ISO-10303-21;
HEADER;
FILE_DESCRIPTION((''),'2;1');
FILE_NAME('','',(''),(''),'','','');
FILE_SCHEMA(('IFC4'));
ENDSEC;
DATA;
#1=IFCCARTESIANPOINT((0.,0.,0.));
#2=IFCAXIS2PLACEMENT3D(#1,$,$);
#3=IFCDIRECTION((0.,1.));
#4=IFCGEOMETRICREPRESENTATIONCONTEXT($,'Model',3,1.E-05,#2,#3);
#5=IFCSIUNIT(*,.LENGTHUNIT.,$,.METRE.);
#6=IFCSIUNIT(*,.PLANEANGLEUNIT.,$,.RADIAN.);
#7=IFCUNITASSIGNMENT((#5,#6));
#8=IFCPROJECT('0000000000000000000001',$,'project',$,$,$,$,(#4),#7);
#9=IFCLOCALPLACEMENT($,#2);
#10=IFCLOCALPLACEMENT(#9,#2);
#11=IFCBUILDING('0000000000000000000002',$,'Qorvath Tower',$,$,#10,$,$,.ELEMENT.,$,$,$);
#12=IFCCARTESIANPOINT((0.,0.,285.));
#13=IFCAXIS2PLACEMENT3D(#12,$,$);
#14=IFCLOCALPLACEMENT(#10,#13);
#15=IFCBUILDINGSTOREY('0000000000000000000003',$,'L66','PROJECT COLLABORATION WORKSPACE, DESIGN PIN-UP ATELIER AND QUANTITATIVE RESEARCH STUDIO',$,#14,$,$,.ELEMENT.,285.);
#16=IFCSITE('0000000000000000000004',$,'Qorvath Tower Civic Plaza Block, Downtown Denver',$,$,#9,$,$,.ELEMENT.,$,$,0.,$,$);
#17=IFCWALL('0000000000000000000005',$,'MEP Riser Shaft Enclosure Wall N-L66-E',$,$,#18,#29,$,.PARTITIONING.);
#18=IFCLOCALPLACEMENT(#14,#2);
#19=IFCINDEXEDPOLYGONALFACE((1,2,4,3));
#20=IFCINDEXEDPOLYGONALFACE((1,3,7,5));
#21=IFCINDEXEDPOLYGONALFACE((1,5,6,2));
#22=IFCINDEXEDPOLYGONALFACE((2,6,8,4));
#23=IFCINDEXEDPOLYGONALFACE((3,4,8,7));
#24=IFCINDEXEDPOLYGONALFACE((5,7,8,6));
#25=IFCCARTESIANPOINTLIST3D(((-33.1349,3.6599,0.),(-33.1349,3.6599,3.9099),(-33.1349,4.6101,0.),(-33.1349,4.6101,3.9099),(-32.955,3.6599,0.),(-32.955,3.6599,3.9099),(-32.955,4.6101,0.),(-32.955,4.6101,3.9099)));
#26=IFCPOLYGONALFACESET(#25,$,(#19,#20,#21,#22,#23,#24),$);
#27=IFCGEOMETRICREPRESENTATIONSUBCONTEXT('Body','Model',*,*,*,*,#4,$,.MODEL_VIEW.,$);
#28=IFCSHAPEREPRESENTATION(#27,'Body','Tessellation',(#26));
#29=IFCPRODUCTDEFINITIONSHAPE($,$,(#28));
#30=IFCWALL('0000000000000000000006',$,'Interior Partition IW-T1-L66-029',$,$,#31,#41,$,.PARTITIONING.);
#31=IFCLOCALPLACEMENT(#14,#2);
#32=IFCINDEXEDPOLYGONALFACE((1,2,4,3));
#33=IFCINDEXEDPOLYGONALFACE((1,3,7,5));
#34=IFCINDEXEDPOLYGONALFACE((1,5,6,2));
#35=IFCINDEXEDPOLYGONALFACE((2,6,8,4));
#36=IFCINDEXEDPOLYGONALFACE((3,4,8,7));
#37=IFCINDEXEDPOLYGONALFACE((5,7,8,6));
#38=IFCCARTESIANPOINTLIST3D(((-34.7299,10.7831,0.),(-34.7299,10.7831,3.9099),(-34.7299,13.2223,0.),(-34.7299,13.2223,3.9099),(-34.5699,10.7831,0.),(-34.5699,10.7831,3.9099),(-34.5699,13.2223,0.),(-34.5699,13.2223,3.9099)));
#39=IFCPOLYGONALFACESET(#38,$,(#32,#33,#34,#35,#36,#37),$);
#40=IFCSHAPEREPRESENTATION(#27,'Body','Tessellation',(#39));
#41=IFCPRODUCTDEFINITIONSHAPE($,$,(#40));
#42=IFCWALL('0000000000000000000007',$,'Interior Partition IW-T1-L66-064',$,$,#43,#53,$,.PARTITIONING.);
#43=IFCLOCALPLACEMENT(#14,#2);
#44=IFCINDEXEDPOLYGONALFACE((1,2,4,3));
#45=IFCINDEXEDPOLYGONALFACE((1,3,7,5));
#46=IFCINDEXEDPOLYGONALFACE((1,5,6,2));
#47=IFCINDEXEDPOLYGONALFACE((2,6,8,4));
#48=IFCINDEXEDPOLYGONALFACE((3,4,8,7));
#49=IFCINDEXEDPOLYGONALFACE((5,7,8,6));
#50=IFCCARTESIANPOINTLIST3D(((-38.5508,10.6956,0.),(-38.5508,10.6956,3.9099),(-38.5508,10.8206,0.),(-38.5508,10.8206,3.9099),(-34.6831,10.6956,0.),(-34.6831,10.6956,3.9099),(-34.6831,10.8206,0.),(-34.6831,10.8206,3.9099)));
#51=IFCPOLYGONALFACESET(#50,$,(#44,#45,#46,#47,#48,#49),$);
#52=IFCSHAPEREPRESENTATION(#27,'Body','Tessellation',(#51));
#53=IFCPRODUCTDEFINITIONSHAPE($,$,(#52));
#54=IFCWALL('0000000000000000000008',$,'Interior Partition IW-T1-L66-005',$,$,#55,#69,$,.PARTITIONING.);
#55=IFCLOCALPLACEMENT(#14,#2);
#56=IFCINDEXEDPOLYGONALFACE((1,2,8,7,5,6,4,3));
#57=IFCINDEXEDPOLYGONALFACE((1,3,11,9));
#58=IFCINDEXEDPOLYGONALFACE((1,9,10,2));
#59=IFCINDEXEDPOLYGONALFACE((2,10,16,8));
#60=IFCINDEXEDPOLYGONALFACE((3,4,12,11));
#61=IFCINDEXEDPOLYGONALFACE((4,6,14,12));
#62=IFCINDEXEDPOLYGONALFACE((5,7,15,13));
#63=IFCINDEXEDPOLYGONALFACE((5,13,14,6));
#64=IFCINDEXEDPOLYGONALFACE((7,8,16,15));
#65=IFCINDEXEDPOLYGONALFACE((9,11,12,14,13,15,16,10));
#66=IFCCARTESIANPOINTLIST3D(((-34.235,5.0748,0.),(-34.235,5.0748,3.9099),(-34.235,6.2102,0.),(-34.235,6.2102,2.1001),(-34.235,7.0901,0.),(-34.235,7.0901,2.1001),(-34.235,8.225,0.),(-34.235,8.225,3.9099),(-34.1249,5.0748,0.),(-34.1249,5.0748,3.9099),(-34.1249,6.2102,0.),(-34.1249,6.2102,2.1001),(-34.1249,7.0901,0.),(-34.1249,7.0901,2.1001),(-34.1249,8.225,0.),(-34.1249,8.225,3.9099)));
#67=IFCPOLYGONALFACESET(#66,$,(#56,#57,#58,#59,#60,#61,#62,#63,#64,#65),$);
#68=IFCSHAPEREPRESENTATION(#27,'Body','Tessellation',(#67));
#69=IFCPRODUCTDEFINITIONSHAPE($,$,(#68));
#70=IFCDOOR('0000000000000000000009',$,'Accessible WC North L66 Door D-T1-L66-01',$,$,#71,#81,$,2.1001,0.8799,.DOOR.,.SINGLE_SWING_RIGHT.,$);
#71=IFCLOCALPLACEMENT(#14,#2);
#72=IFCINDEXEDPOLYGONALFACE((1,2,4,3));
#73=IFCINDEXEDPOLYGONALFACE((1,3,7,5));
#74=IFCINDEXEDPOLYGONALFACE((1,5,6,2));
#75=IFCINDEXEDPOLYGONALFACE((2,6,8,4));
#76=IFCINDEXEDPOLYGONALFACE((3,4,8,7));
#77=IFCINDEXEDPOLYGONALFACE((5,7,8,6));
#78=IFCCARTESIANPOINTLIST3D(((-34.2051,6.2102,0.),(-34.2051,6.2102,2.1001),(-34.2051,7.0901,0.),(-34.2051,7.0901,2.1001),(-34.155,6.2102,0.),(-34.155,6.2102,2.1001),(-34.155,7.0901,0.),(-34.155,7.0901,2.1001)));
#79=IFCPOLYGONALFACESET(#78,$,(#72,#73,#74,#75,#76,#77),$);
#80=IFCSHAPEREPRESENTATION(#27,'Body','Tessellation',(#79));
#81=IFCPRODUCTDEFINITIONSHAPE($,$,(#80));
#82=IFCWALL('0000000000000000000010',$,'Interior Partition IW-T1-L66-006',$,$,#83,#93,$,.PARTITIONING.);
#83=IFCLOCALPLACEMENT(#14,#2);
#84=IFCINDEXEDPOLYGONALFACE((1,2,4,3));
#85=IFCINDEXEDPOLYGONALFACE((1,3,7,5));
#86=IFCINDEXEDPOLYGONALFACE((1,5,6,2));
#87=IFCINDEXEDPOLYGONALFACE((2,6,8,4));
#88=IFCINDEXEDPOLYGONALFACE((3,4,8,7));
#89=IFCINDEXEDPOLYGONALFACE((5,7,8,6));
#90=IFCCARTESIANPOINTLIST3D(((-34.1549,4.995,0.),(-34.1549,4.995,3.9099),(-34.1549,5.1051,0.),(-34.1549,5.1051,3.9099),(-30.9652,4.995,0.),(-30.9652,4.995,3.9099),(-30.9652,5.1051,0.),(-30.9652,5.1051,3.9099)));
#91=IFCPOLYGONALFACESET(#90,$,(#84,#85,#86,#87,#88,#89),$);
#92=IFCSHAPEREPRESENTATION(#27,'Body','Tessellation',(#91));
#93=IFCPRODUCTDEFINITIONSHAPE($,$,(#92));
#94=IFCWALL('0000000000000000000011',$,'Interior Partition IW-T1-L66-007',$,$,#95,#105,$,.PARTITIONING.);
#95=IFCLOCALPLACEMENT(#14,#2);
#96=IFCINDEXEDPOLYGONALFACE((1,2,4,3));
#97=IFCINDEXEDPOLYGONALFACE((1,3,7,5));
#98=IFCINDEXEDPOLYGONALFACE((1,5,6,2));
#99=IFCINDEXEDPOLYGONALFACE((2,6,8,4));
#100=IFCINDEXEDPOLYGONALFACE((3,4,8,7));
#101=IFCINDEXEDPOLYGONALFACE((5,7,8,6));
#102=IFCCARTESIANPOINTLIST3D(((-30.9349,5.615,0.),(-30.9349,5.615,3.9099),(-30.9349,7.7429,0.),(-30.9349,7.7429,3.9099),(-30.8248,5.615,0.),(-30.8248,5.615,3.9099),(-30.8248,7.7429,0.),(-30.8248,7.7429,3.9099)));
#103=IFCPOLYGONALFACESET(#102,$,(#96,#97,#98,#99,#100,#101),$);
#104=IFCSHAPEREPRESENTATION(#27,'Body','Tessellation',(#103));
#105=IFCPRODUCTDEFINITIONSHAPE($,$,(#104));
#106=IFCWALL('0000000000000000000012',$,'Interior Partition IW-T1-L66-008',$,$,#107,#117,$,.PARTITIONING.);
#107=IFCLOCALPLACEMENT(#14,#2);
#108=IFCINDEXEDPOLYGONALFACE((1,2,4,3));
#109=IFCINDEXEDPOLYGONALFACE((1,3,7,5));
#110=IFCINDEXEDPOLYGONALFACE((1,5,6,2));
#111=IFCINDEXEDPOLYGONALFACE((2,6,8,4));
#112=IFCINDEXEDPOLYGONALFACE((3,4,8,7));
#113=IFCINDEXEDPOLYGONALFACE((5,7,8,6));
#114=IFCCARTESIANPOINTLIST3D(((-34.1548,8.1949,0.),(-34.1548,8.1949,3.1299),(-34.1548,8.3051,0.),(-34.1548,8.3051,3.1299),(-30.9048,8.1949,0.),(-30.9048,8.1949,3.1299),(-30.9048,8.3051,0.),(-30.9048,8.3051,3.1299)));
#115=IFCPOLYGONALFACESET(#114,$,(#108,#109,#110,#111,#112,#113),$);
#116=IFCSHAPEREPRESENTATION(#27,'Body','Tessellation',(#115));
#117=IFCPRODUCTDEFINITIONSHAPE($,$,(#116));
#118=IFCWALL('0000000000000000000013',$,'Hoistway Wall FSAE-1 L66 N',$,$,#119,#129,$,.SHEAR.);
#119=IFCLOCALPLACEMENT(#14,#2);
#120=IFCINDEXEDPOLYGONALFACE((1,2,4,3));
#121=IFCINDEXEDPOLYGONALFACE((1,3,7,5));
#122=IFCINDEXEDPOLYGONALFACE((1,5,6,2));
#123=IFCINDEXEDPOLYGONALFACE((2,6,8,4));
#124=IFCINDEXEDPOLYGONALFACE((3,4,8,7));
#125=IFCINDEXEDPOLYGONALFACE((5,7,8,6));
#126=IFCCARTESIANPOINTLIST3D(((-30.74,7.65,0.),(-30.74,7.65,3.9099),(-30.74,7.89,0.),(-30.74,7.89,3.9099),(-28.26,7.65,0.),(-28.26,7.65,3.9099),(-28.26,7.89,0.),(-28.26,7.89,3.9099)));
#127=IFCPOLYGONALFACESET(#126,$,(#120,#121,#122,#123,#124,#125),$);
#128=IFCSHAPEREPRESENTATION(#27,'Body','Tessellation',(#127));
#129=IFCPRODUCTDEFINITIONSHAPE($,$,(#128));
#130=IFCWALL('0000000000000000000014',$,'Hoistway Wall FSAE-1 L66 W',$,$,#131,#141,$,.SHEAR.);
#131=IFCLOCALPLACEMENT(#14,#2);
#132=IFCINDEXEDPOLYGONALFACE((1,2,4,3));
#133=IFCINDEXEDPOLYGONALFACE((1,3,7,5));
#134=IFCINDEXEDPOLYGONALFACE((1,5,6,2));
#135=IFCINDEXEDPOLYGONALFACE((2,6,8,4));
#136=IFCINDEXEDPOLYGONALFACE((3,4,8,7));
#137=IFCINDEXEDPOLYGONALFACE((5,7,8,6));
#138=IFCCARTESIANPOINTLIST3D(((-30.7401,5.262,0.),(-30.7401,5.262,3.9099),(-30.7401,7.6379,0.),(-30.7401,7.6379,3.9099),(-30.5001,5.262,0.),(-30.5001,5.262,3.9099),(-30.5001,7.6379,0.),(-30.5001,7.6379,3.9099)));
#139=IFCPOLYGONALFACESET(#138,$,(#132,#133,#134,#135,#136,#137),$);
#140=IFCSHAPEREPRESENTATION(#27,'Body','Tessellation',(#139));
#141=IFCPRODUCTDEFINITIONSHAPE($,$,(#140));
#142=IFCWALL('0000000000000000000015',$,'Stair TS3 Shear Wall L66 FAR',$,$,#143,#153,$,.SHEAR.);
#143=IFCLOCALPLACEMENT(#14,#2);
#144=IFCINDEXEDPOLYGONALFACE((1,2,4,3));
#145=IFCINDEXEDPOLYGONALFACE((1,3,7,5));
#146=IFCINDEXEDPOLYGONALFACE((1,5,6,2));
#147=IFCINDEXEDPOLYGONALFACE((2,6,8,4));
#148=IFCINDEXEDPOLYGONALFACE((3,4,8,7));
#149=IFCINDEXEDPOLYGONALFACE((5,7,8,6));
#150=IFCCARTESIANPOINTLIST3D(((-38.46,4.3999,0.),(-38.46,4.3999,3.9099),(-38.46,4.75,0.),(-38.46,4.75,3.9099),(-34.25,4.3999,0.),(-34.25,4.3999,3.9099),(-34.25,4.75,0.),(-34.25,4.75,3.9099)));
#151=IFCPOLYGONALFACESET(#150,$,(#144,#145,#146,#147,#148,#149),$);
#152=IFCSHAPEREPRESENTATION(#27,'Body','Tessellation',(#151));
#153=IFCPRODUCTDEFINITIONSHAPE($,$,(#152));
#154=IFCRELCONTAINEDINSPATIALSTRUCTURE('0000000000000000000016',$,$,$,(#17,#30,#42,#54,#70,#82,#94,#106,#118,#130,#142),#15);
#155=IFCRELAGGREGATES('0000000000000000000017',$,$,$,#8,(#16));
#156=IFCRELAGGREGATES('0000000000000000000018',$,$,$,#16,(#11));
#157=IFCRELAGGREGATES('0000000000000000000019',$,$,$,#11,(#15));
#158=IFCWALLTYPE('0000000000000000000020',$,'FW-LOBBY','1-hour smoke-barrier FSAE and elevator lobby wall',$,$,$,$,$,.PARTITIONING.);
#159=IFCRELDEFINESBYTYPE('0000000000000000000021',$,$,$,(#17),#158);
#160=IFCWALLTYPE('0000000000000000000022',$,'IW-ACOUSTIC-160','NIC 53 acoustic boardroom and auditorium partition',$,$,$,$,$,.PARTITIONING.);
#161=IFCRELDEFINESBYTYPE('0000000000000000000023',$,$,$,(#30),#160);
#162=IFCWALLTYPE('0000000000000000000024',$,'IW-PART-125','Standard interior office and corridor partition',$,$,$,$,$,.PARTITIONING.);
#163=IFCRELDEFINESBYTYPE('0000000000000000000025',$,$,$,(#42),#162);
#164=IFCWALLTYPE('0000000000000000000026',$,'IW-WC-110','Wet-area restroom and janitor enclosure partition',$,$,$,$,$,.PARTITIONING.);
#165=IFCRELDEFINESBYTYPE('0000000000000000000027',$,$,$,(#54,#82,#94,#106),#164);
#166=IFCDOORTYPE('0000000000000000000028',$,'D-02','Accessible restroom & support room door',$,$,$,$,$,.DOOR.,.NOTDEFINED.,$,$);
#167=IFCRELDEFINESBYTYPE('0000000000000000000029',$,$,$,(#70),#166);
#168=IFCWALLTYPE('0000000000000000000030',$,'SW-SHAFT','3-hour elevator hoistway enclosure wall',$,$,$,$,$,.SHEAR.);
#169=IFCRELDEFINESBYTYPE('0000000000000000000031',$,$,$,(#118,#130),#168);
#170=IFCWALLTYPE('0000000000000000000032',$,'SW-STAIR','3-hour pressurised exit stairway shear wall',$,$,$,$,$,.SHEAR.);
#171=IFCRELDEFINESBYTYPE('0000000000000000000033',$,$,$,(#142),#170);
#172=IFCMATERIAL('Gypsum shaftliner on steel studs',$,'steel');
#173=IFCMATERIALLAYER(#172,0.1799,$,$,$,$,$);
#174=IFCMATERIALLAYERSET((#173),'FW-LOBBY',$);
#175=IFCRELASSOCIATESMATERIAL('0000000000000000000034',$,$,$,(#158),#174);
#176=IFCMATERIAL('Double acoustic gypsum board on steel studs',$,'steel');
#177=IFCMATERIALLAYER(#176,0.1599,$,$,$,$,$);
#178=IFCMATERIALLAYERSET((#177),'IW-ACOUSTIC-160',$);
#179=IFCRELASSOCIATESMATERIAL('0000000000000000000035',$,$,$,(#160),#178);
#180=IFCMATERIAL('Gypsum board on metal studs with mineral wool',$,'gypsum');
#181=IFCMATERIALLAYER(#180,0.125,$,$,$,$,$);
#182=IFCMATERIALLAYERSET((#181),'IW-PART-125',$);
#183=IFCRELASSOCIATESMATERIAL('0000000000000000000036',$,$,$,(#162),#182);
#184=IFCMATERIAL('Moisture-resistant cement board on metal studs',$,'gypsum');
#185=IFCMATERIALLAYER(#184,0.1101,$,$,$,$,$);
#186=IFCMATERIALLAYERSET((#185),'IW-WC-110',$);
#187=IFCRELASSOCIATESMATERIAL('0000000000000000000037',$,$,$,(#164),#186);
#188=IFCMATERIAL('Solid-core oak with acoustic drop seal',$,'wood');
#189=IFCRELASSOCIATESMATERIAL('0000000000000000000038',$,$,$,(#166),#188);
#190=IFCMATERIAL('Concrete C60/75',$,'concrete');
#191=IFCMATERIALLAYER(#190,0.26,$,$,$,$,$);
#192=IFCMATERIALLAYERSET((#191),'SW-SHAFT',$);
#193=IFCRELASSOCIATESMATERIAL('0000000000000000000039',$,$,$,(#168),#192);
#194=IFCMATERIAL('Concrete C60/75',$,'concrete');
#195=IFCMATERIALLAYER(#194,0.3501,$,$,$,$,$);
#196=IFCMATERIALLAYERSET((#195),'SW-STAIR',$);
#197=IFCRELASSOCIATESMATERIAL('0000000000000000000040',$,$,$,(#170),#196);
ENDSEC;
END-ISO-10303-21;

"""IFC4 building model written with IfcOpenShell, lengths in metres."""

from ifc_helpers import new_model, si_unit, direction, frame, frame_2d, origin, place, context, subcontext, project, spatial, rectangle, extrude, material, layer, layer_set, type_object, element, fill, save


model = new_model("IFC4")

# Units and contexts
model_context = context("Model", 3, precision=1e-05, world=origin(), true_north=direction((0.0, 1.0)))
body_context = subcontext(model_context, "Body", "Model", "MODEL_VIEW")
ifc_project = project(units=[si_unit("LENGTHUNIT", "METRE"), si_unit("PLANEANGLEUNIT", "RADIAN")], contexts=[model_context])

# Site, building, storey
site_placement = place(None, origin())
site = spatial("IfcSite", under=ifc_project, at=site_placement, Name="Qorvath Tower Civic Plaza Block, Downtown Denver", CompositionType="ELEMENT", RefElevation=0.0)
building_placement = place(site_placement, origin())
building = spatial("IfcBuilding", under=site, at=building_placement, Name="Qorvath Tower", CompositionType="ELEMENT")
storey_placement = place(building_placement, frame((0.0, 0.0, 285.0)))
storey = spatial("IfcBuildingStorey", under=building, at=storey_placement, Name="L66", Description="PROJECT COLLABORATION WORKSPACE, DESIGN PIN-UP ATELIER AND QUANTITATIVE RESEARCH STUDIO", CompositionType="ELEMENT", Elevation=285.0)

# Wall
ifc_material_1 = material(Name="Gypsum shaftliner on steel studs", Category="steel")
ifc_layer_1 = layer(ifc_material_1, 0.1799)
ifc_layer_set_1 = layer_set([ifc_layer_1], Name="FW-LOBBY")
wall_type_1 = type_object("IfcWallType", Name="FW-LOBBY", Description="1-hour smoke-barrier FSAE and elevator lobby wall", PredefinedType="PARTITIONING", material=ifc_layer_set_1)
for number, where, z_axis, x_axis, name in (
    (1, (-33.0449, 4.6101, 0.0), (0.0, 0.0, 1.0), (0.0, -1.0, 0.0), "MEP Riser Shaft Enclosure Wall N-L66-E"),
):
    element("IfcWall", number, at=place(storey_placement, frame(where, z_axis=z_axis, x_axis=x_axis)), inside=storey, type_object=wall_type_1, Name=name, PredefinedType="PARTITIONING", context=body_context, shape_type="SweptSolid", body=[
        extrude(rectangle(XDim=0.9502, YDim=0.1799, at=frame_2d((0.4751, 0.0))), origin(), (0.0, 0.0, 1.0), 3.9099),
    ])

# Shared definitions
ifc_material_2 = material(Name="Double acoustic gypsum board on steel studs", Category="steel")
ifc_layer_2 = layer(ifc_material_2, 0.1599)
ifc_layer_set_2 = layer_set([ifc_layer_2], Name="IW-ACOUSTIC-160")
wall_type_2 = type_object("IfcWallType", Name="IW-ACOUSTIC-160", Description="NIC 53 acoustic boardroom and auditorium partition", PredefinedType="PARTITIONING", material=ifc_layer_set_2)

# Walls
wall_1_placement = place(storey_placement, frame((-34.6499, 13.2224, 0.0), z_axis=(0.0, 0.0, 1.0), x_axis=(0.0, -1.0, 0.0)))
element("IfcWall", 2, at=wall_1_placement, inside=storey, type_object=wall_type_2, Name="Interior Partition IW-T1-L66-029", PredefinedType="PARTITIONING", context=body_context, shape_type="SweptSolid", body=[
    extrude(rectangle(XDim=2.4392, YDim=0.1599, at=frame_2d((1.2197, 0.0))), origin(), (0.0, 0.0, 1.0), 3.9099),
])
ifc_material_3 = material(Name="Gypsum board on metal studs with mineral wool", Category="gypsum")
ifc_layer_3 = layer(ifc_material_3, 0.125)
ifc_layer_set_3 = layer_set([ifc_layer_3], Name="IW-PART-125")
wall_type_3 = type_object("IfcWallType", Name="IW-PART-125", Description="Standard interior office and corridor partition", PredefinedType="PARTITIONING", material=ifc_layer_set_3)
wall_2_placement = place(storey_placement, frame((-34.6831, 10.7581, 0.0), z_axis=(0.0, 0.0, 1.0), x_axis=(-1.0, 0.0, 0.0)))
element("IfcWall", 3, at=wall_2_placement, inside=storey, type_object=wall_type_3, Name="Interior Partition IW-T1-L66-064", PredefinedType="PARTITIONING", context=body_context, shape_type="SweptSolid", body=[
    extrude(rectangle(XDim=3.8677, YDim=0.125, at=frame_2d((1.9338, 0.0))), origin(), (0.0, 0.0, 1.0), 3.9099),
])

# Wall, opening, door
ifc_material_4 = material(Name="Moisture-resistant cement board on metal studs", Category="gypsum")
ifc_layer_4 = layer(ifc_material_4, 0.1101)
ifc_layer_set_4 = layer_set([ifc_layer_4], Name="IW-WC-110")
wall_type_4 = type_object("IfcWallType", Name="IW-WC-110", Description="Wet-area restroom and janitor enclosure partition", PredefinedType="PARTITIONING", material=ifc_layer_set_4)
wall_3_placement = place(storey_placement, frame((-34.1799, 8.2251, 0.0), z_axis=(0.0, 0.0, 1.0), x_axis=(0.0, -1.0, 0.0)))
wall_3 = element("IfcWall", 4, at=wall_3_placement, inside=storey, type_object=wall_type_4, Name="Interior Partition IW-T1-L66-005", PredefinedType="PARTITIONING", context=body_context, shape_type="SweptSolid", body=[
    extrude(rectangle(XDim=3.1501, YDim=0.1101, at=frame_2d((1.5752, 0.0))), origin(), (0.0, 0.0, 1.0), 3.9099),
])
opening_1_placement = place(wall_3_placement, frame((1.135, 0.0, 0.0)))
opening_1 = element("IfcOpeningElement", 5, at=opening_1_placement, cuts=wall_3, PredefinedType="OPENING", context=body_context, shape_type="SweptSolid", body=[
    extrude(rectangle(XDim=0.8799, YDim=2.1001, at=frame_2d((0.4399, 1.05))), frame((0.0, 0.0649, 0.0), z_axis=(0.0, -1.0, 0.0), x_axis=(1.0, 0.0, 0.0)), (0.0, 0.0, 1.0), 0.1301),
])
ifc_material_5 = material(Name="Solid-core oak with acoustic drop seal", Category="wood")
door_type_1 = type_object("IfcDoorType", Name="D-02", Description="Accessible restroom & support room door", OperationType="NOTDEFINED", PredefinedType="DOOR", material=ifc_material_5)
door_1_placement = place(opening_1_placement, origin())
door_1 = element("IfcDoor", 6, at=door_1_placement, inside=storey, type_object=door_type_1, Name="Accessible WC North L66 Door D-T1-L66-01", OperationType="SINGLE_SWING_RIGHT", OverallHeight=2.1001, OverallWidth=0.8799, PredefinedType="DOOR", context=body_context, shape_type="SweptSolid", body=[
    extrude(rectangle(XDim=0.8799, YDim=2.1001, at=frame_2d((0.4399, 1.05))), frame((0.0, 0.0249, 0.0), z_axis=(0.0, -1.0, 0.0), x_axis=(1.0, 0.0, 0.0)), (0.0, 0.0, 1.0), 0.05),
])
fill(opening_1, door_1)

# Walls
wall_4_placement = place(storey_placement, frame((-34.1548, 5.05, 0.0), z_axis=(0.0, 0.0, 1.0), x_axis=(1.0, 0.0, 0.0)))
element("IfcWall", 7, at=wall_4_placement, inside=storey, type_object=wall_type_4, Name="Interior Partition IW-T1-L66-006", PredefinedType="PARTITIONING", context=body_context, shape_type="SweptSolid", body=[
    extrude(rectangle(XDim=3.1897, YDim=0.1101, at=frame_2d((1.5947, 0.0))), origin(), (0.0, 0.0, 1.0), 3.9099),
])
wall_5_placement = place(storey_placement, frame((-30.8799, 5.615, 0.0), z_axis=(0.0, 0.0, 1.0), x_axis=(0.0, 1.0, 0.0)))
element("IfcWall", 8, at=wall_5_placement, inside=storey, type_object=wall_type_4, Name="Interior Partition IW-T1-L66-007", PredefinedType="PARTITIONING", context=body_context, shape_type="SweptSolid", body=[
    extrude(rectangle(XDim=2.1279, YDim=0.1101, at=frame_2d((1.064, 0.0))), origin(), (0.0, 0.0, 1.0), 3.9099),
])
wall_6_placement = place(storey_placement, frame((-30.9048, 8.25, 0.0), z_axis=(0.0, 0.0, 1.0), x_axis=(-1.0, 0.0, 0.0)))
element("IfcWall", 9, at=wall_6_placement, inside=storey, type_object=wall_type_4, Name="Interior Partition IW-T1-L66-008", PredefinedType="PARTITIONING", context=body_context, shape_type="SweptSolid", body=[
    extrude(rectangle(XDim=3.25, YDim=0.1101, at=frame_2d((1.625, 0.0))), origin(), (0.0, 0.0, 1.0), 3.1299),
])
ifc_material_6 = material(Name="Concrete C60/75", Category="concrete")
ifc_layer_5 = layer(ifc_material_6, 0.26)
ifc_layer_set_5 = layer_set([ifc_layer_5], Name="SW-SHAFT")
wall_type_5 = type_object("IfcWallType", Name="SW-SHAFT", Description="3-hour elevator hoistway enclosure wall", PredefinedType="SHEAR", material=ifc_layer_set_5)
wall_7_placement = place(storey_placement, frame((-30.74, 7.77, 0.0), z_axis=(0.0, 0.0, 1.0), x_axis=(1.0, 0.0, 0.0)))
element("IfcWall", 10, at=wall_7_placement, inside=storey, type_object=wall_type_5, Name="Hoistway Wall FSAE-1 L66 N", PredefinedType="SHEAR", context=body_context, shape_type="SweptSolid", body=[
    extrude(rectangle(XDim=2.48, YDim=0.24, at=frame_2d((1.24, 0.0))), origin(), (0.0, 0.0, 1.0), 3.9099),
])
wall_8_placement = place(storey_placement, frame((-30.6201, 5.262, 0.0), z_axis=(0.0, 0.0, 1.0), x_axis=(0.0, 1.0, 0.0)))
element("IfcWall", 11, at=wall_8_placement, inside=storey, type_object=wall_type_5, Name="Hoistway Wall FSAE-1 L66 W", PredefinedType="SHEAR", context=body_context, shape_type="SweptSolid", body=[
    extrude(rectangle(XDim=2.376, YDim=0.24, at=frame_2d((1.188, 0.0))), origin(), (0.0, 0.0, 1.0), 3.9099),
])
ifc_material_7 = material(Name="Concrete C60/75", Category="concrete")
ifc_layer_6 = layer(ifc_material_7, 0.3501)
ifc_layer_set_6 = layer_set([ifc_layer_6], Name="SW-STAIR")
wall_type_6 = type_object("IfcWallType", Name="SW-STAIR", Description="3-hour pressurised exit stairway shear wall", PredefinedType="SHEAR", material=ifc_layer_set_6)
wall_9_placement = place(storey_placement, frame((-34.25, 4.575, 0.0), z_axis=(0.0, 0.0, 1.0), x_axis=(-1.0, 0.0, 0.0)))
element("IfcWall", 12, at=wall_9_placement, inside=storey, type_object=wall_type_6, Name="Stair TS3 Shear Wall L66 FAR", PredefinedType="SHEAR", context=body_context, shape_type="SweptSolid", body=[
    extrude(rectangle(XDim=4.21, YDim=0.3501, at=frame_2d((2.105, 0.0))), origin(), (0.0, 0.0, 1.0), 3.9099),
])

save(model, "model.ifc")
